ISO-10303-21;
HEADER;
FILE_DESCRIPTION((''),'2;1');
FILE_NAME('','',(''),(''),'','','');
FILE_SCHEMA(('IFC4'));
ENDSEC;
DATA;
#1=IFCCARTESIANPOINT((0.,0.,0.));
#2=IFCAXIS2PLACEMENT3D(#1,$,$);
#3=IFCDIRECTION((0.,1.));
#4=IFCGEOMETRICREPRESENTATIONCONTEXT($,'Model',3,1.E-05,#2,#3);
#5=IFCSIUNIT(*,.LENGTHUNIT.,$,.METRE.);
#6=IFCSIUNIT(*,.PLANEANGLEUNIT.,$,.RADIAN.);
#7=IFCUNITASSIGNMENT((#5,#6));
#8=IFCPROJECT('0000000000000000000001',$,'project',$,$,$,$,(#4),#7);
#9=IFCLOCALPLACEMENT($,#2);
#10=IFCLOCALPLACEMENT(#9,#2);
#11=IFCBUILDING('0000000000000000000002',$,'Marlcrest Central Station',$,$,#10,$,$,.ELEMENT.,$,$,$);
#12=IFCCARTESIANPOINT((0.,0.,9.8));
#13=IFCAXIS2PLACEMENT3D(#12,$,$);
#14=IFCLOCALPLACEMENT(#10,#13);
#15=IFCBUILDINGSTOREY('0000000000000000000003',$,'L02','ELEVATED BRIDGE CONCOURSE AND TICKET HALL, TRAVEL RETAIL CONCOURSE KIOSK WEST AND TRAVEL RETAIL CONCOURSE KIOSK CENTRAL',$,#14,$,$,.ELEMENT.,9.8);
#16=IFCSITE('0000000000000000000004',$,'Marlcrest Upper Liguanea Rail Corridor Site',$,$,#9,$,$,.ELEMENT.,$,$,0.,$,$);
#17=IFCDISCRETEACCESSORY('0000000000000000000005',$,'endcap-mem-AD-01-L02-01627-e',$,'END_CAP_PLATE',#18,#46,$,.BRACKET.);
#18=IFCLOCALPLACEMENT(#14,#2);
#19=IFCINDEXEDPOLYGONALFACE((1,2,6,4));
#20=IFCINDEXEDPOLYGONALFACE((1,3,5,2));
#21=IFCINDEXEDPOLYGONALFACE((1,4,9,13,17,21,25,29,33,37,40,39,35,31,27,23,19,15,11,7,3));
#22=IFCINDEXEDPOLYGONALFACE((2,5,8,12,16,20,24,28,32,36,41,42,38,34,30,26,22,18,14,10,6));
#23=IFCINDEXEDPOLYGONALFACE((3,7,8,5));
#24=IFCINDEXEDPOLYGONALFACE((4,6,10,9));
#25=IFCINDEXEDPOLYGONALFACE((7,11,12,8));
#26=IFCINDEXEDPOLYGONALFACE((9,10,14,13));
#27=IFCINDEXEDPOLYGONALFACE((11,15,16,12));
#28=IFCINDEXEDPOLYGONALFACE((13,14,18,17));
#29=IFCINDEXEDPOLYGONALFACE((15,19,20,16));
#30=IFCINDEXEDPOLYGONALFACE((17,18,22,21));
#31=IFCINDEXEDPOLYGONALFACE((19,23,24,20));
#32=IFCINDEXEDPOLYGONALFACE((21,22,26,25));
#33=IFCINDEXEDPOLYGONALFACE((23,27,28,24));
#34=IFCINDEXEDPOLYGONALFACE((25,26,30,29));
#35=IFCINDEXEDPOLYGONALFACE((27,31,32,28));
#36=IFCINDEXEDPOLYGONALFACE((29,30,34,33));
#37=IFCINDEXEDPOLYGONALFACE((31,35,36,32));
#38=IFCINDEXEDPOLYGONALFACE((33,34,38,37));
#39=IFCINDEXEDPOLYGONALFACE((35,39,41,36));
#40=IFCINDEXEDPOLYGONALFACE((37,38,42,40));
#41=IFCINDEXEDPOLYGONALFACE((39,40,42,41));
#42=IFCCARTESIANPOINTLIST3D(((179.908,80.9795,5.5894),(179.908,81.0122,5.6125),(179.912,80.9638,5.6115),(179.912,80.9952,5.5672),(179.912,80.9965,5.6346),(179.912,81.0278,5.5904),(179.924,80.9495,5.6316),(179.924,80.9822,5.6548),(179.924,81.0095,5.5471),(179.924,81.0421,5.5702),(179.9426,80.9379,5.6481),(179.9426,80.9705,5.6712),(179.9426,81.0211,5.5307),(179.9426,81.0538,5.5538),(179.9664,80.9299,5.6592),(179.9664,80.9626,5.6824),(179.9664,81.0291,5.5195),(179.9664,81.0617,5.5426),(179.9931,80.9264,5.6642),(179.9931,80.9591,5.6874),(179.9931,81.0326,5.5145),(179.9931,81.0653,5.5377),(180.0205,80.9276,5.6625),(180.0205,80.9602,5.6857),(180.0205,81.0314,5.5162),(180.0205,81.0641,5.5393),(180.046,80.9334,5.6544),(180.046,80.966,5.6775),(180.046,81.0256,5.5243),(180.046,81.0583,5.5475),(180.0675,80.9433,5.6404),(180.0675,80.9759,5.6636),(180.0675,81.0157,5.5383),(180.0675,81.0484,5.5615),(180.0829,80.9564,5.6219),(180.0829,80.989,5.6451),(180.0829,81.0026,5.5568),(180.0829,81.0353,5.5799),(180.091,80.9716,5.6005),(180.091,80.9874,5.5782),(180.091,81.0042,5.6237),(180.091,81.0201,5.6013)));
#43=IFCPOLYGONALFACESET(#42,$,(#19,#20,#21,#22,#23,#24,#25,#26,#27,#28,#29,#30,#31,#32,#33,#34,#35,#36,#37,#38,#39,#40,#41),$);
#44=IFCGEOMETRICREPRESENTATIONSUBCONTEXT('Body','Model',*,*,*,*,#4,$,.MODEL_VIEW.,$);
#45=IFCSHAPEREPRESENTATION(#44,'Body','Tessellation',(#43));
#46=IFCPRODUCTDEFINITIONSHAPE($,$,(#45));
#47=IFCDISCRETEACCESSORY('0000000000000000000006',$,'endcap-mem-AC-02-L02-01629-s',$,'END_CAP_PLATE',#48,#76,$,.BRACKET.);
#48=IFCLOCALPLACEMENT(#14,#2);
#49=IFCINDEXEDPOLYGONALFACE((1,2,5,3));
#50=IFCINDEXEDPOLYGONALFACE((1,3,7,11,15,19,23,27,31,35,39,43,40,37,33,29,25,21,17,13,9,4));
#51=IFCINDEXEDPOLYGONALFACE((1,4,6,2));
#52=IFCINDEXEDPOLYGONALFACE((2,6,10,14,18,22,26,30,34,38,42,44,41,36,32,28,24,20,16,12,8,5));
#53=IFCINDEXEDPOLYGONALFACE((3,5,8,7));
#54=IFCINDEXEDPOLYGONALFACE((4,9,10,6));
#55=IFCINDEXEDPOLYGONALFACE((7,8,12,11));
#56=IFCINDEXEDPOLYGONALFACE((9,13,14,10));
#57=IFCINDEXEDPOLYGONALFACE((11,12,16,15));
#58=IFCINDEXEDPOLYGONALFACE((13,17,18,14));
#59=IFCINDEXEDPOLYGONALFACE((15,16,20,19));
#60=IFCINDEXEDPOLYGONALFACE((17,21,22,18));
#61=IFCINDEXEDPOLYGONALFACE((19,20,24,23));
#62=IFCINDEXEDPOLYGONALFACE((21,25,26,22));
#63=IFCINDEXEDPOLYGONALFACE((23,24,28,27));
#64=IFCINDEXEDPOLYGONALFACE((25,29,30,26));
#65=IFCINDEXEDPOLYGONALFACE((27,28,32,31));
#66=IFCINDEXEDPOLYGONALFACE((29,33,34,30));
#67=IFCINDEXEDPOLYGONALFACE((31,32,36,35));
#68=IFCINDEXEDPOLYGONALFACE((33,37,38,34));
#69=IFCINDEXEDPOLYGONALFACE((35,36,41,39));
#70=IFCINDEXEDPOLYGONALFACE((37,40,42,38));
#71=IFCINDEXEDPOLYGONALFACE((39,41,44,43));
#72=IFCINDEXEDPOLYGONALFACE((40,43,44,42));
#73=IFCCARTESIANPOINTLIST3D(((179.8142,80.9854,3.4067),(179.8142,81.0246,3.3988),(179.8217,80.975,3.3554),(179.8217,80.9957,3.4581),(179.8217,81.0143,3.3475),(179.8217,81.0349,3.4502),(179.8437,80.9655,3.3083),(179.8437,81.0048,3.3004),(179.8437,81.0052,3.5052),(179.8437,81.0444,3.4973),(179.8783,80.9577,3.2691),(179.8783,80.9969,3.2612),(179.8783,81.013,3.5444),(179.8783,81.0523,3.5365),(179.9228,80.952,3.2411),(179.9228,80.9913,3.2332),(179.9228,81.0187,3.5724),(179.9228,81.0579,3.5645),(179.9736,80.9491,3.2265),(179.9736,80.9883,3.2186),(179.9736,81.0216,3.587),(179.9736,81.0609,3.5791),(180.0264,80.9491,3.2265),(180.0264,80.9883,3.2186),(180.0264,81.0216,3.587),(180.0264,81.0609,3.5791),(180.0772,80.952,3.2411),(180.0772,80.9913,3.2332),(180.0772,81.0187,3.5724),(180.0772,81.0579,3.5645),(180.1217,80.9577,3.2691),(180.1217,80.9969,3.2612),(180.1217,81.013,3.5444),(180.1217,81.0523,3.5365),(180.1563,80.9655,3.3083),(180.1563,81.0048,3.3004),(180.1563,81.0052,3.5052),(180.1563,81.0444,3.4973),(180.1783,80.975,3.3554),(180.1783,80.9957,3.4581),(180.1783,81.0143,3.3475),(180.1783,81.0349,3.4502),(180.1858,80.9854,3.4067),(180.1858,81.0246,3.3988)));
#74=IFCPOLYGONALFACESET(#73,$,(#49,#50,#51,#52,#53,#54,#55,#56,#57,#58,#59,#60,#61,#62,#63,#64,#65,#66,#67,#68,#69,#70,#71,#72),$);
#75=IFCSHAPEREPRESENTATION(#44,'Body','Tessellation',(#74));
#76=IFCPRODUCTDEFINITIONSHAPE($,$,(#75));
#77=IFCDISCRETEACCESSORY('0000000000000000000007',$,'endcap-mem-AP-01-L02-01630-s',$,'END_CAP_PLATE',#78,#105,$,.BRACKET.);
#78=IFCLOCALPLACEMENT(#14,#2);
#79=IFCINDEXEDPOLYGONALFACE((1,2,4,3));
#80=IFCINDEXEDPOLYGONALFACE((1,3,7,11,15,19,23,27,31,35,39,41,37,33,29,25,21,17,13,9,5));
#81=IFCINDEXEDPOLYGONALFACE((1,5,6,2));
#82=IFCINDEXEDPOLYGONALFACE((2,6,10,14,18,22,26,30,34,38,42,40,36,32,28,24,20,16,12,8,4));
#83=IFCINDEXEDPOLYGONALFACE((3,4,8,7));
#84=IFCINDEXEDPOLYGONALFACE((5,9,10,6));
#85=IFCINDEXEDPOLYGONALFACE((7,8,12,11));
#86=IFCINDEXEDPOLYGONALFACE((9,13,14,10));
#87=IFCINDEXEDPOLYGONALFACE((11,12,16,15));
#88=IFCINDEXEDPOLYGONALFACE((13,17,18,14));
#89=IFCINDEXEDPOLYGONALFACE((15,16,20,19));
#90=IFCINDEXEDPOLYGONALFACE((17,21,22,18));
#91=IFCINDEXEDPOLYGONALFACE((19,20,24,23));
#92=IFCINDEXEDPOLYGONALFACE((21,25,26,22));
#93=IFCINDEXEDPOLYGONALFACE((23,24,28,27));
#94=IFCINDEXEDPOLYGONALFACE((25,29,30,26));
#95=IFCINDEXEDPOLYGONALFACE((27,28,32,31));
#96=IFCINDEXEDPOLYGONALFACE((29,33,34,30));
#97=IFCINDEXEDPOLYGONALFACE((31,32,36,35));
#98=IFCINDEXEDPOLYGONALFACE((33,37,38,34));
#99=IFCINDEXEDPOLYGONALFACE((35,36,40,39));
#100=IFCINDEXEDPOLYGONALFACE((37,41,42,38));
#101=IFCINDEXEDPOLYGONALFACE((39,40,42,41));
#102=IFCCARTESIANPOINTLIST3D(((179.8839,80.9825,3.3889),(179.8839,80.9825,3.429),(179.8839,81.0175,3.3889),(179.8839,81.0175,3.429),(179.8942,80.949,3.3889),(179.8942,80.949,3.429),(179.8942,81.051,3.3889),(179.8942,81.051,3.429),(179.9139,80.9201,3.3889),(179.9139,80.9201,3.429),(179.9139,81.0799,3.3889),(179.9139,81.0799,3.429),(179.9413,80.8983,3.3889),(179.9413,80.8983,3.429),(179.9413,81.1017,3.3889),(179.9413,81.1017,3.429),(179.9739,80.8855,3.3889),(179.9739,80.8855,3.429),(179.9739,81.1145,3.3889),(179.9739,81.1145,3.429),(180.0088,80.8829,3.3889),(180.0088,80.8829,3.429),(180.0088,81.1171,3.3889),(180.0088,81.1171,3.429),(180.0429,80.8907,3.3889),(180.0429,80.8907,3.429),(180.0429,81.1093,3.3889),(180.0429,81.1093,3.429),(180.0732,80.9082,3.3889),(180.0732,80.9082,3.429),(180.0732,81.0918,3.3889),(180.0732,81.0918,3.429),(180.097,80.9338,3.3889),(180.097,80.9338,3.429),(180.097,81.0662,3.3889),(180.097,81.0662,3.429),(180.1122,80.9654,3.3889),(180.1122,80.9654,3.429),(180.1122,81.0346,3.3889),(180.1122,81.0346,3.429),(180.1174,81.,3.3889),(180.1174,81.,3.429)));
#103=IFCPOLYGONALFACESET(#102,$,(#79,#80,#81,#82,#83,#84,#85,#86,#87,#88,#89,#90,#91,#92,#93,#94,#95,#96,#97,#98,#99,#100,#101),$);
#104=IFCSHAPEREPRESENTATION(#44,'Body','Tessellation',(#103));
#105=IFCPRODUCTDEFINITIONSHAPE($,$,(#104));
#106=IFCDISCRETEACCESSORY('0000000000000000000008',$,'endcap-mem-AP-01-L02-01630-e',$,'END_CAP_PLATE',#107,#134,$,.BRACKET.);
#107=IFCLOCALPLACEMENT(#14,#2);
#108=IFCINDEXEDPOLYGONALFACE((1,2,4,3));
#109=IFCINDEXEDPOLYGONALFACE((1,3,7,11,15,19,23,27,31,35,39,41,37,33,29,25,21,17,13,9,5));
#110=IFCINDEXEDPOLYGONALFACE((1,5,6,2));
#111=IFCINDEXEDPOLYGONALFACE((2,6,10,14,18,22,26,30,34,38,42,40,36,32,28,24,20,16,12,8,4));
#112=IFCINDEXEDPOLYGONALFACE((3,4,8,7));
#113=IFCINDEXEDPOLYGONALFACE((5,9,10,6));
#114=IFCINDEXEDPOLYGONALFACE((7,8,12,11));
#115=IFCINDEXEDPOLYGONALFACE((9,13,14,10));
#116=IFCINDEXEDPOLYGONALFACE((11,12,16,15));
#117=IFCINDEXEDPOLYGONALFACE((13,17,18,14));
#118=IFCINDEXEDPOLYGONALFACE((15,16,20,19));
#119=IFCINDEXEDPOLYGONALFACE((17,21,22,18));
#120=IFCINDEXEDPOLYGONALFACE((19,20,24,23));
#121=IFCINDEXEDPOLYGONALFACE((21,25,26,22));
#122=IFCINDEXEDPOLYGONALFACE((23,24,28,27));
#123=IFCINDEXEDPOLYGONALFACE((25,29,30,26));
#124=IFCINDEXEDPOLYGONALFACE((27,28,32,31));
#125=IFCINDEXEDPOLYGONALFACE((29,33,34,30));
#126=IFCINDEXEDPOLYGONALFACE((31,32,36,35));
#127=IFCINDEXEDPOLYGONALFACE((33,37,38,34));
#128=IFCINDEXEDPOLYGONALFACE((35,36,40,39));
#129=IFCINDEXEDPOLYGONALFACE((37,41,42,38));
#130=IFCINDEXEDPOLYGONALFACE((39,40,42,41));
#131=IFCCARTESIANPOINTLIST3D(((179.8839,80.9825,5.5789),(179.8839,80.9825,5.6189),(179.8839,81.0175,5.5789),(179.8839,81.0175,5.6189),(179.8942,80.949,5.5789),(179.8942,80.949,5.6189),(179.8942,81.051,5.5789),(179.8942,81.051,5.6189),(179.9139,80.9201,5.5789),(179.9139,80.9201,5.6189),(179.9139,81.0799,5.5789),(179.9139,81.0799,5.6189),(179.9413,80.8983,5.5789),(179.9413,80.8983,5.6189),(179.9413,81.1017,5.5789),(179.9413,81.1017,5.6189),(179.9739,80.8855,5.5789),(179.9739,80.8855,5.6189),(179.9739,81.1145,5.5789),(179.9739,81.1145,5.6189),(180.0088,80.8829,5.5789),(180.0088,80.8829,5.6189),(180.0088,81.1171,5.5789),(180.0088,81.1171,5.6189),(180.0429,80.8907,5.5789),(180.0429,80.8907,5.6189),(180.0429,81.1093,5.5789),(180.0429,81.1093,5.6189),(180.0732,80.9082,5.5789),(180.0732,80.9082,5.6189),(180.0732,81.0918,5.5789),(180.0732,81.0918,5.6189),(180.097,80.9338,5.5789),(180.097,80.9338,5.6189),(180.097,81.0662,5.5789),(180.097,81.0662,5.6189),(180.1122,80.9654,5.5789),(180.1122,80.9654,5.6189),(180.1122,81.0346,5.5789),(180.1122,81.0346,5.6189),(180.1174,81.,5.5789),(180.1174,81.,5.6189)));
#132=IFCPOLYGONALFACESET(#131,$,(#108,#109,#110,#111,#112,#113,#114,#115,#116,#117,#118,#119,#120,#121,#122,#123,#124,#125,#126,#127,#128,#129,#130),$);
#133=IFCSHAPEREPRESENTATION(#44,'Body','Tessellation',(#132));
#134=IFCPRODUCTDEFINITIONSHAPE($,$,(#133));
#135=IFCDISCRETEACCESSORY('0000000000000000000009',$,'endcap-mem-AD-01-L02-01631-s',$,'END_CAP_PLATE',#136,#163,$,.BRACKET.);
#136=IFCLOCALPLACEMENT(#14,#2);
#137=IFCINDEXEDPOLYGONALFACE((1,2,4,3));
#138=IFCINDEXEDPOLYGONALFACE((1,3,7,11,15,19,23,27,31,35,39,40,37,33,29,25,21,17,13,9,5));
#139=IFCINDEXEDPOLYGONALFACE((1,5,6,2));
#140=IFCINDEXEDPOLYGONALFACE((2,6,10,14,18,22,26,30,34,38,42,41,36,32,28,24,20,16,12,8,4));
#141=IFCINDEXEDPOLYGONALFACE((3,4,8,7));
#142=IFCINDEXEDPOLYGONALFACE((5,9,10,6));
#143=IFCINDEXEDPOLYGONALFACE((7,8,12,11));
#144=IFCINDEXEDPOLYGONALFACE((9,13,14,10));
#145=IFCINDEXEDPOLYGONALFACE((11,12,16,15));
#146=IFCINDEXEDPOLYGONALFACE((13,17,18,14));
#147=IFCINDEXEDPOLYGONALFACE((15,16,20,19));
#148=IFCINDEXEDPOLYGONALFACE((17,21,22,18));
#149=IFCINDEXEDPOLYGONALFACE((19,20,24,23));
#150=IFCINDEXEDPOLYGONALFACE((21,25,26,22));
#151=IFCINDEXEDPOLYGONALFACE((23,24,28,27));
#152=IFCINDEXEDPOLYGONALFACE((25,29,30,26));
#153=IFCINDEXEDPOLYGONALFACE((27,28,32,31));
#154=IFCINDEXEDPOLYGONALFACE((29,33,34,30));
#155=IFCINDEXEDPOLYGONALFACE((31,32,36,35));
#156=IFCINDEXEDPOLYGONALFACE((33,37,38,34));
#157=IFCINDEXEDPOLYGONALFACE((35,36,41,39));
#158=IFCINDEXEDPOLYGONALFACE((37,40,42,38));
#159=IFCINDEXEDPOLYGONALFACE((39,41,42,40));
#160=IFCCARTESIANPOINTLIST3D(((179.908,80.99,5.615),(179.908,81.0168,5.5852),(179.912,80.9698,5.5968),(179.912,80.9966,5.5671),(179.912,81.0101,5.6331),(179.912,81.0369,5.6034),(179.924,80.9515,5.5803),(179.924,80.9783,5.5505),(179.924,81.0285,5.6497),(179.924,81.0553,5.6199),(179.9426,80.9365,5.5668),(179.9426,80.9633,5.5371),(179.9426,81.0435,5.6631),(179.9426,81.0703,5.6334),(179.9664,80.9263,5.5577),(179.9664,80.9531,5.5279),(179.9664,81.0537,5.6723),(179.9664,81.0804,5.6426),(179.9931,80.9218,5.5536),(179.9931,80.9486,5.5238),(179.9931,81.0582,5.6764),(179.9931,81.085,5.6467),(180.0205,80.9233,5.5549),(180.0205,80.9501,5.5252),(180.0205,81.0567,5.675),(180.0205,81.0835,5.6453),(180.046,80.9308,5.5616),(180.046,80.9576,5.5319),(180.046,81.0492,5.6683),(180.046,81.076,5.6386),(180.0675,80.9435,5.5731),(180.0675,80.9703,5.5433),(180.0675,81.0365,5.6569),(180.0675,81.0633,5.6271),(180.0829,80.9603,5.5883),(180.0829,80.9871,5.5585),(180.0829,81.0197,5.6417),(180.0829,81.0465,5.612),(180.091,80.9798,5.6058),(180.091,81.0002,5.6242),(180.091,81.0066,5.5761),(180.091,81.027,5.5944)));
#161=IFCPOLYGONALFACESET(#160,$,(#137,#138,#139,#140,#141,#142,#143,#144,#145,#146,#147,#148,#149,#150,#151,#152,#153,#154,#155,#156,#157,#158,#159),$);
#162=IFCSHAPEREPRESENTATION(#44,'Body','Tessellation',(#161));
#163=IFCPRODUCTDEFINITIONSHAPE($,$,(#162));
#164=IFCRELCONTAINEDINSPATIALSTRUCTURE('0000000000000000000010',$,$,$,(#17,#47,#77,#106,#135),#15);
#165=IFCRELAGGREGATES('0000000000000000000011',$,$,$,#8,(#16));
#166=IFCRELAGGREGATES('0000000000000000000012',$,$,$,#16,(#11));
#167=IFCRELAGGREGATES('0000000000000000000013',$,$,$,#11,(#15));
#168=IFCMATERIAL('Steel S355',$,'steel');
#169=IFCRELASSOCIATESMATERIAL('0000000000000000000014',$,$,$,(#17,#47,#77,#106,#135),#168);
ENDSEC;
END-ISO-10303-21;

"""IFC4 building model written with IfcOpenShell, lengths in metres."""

from ifc_helpers import new_model, si_unit, direction, frame, origin, origin_2d, place, context, subcontext, project, spatial, circle, extrude, material, element, save


model = new_model("IFC4")

# Units and contexts
model_context = context("Model", 3, precision=1e-05, world=origin(), true_north=direction((0.0, 1.0)))
body_context = subcontext(model_context, "Body", "Model", "MODEL_VIEW")
ifc_project = project(units=[si_unit("LENGTHUNIT", "METRE"), si_unit("PLANEANGLEUNIT", "RADIAN")], contexts=[model_context])

# Site, building, storey
site_placement = place(None, origin())
site = spatial("IfcSite", under=ifc_project, at=site_placement, Name="Marlcrest Upper Liguanea Rail Corridor Site", CompositionType="ELEMENT", RefElevation=0.0)
building_placement = place(site_placement, origin())
building = spatial("IfcBuilding", under=site, at=building_placement, Name="Marlcrest Central Station", CompositionType="ELEMENT")
storey_placement = place(building_placement, frame((0.0, 0.0, 9.8)))
storey = spatial("IfcBuildingStorey", under=building, at=storey_placement, Name="L02", Description="ELEVATED BRIDGE CONCOURSE AND TICKET HALL, TRAVEL RETAIL CONCOURSE KIOSK WEST AND TRAVEL RETAIL CONCOURSE KIOSK CENTRAL", CompositionType="ELEMENT", Elevation=9.8)

# Shared definitions
ifc_material_1 = material(Name="Steel S355", Category="steel")

# Discrete accessories
for number, where, z_axis, x_axis, name in (
    (1, (180.0, 80.9795, 5.5894), (0.0, 0.815661, 0.57853), (-1.0, 0.0, 0.0), "endcap-mem-AD-01-L02-01627-e"),
):
    element("IfcDiscreteAccessory", number, at=place(storey_placement, frame(where, z_axis=z_axis, x_axis=x_axis)), inside=storey, material=ifc_material_1, Name=name, ObjectType="END_CAP_PLATE", PredefinedType="BRACKET", context=body_context, shape_type="SweptSolid", body=[
        extrude(circle(Radius=0.092, at=origin_2d()), origin(), (0.0, 0.0, 1.0), 0.04),
    ])
discrete_accessory_1_placement = place(storey_placement, frame((180.0, 80.9854, 3.4067), z_axis=(0.0, 0.980359, -0.197219), x_axis=(-1.0, 0.0, 0.0)))
element("IfcDiscreteAccessory", 2, at=discrete_accessory_1_placement, inside=storey, material=ifc_material_1, Name="endcap-mem-AC-02-L02-01629-s", ObjectType="END_CAP_PLATE", PredefinedType="BRACKET", context=body_context, shape_type="SweptSolid", body=[
    extrude(circle(Radius=0.1858, at=origin_2d()), origin(), (0.0, 0.0, 1.0), 0.04),
])
for number, where, z_axis, x_axis, name in (
    (3, (180.0, 81.0, 3.3889), (0.0, 0.0, 1.0), (1.0, 0.0, 0.0), "endcap-mem-AP-01-L02-01630-s"),
    (4, (180.0, 81.0, 5.5789), (0.0, 0.0, 1.0), (1.0, 0.0, 0.0), "endcap-mem-AP-01-L02-01630-e"),
):
    element("IfcDiscreteAccessory", number, at=place(storey_placement, frame(where, z_axis=z_axis, x_axis=x_axis)), inside=storey, material=ifc_material_1, Name=name, ObjectType="END_CAP_PLATE", PredefinedType="BRACKET", context=body_context, shape_type="SweptSolid", body=[
        extrude(circle(Radius=0.1174, at=origin_2d()), origin(), (0.0, 0.0, 1.0), 0.04),
    ])
discrete_accessory_2_placement = place(storey_placement, frame((180.0, 80.99, 5.615), z_axis=(0.0, 0.669244, -0.743042), x_axis=(-1.0, 0.0, 0.0)))
element("IfcDiscreteAccessory", 5, at=discrete_accessory_2_placement, inside=storey, material=ifc_material_1, Name="endcap-mem-AD-01-L02-01631-s", ObjectType="END_CAP_PLATE", PredefinedType="BRACKET", context=body_context, shape_type="SweptSolid", body=[
    extrude(circle(Radius=0.092, at=origin_2d()), origin(), (0.0, 0.0, 1.0), 0.04),
])

save(model, "model.ifc")
